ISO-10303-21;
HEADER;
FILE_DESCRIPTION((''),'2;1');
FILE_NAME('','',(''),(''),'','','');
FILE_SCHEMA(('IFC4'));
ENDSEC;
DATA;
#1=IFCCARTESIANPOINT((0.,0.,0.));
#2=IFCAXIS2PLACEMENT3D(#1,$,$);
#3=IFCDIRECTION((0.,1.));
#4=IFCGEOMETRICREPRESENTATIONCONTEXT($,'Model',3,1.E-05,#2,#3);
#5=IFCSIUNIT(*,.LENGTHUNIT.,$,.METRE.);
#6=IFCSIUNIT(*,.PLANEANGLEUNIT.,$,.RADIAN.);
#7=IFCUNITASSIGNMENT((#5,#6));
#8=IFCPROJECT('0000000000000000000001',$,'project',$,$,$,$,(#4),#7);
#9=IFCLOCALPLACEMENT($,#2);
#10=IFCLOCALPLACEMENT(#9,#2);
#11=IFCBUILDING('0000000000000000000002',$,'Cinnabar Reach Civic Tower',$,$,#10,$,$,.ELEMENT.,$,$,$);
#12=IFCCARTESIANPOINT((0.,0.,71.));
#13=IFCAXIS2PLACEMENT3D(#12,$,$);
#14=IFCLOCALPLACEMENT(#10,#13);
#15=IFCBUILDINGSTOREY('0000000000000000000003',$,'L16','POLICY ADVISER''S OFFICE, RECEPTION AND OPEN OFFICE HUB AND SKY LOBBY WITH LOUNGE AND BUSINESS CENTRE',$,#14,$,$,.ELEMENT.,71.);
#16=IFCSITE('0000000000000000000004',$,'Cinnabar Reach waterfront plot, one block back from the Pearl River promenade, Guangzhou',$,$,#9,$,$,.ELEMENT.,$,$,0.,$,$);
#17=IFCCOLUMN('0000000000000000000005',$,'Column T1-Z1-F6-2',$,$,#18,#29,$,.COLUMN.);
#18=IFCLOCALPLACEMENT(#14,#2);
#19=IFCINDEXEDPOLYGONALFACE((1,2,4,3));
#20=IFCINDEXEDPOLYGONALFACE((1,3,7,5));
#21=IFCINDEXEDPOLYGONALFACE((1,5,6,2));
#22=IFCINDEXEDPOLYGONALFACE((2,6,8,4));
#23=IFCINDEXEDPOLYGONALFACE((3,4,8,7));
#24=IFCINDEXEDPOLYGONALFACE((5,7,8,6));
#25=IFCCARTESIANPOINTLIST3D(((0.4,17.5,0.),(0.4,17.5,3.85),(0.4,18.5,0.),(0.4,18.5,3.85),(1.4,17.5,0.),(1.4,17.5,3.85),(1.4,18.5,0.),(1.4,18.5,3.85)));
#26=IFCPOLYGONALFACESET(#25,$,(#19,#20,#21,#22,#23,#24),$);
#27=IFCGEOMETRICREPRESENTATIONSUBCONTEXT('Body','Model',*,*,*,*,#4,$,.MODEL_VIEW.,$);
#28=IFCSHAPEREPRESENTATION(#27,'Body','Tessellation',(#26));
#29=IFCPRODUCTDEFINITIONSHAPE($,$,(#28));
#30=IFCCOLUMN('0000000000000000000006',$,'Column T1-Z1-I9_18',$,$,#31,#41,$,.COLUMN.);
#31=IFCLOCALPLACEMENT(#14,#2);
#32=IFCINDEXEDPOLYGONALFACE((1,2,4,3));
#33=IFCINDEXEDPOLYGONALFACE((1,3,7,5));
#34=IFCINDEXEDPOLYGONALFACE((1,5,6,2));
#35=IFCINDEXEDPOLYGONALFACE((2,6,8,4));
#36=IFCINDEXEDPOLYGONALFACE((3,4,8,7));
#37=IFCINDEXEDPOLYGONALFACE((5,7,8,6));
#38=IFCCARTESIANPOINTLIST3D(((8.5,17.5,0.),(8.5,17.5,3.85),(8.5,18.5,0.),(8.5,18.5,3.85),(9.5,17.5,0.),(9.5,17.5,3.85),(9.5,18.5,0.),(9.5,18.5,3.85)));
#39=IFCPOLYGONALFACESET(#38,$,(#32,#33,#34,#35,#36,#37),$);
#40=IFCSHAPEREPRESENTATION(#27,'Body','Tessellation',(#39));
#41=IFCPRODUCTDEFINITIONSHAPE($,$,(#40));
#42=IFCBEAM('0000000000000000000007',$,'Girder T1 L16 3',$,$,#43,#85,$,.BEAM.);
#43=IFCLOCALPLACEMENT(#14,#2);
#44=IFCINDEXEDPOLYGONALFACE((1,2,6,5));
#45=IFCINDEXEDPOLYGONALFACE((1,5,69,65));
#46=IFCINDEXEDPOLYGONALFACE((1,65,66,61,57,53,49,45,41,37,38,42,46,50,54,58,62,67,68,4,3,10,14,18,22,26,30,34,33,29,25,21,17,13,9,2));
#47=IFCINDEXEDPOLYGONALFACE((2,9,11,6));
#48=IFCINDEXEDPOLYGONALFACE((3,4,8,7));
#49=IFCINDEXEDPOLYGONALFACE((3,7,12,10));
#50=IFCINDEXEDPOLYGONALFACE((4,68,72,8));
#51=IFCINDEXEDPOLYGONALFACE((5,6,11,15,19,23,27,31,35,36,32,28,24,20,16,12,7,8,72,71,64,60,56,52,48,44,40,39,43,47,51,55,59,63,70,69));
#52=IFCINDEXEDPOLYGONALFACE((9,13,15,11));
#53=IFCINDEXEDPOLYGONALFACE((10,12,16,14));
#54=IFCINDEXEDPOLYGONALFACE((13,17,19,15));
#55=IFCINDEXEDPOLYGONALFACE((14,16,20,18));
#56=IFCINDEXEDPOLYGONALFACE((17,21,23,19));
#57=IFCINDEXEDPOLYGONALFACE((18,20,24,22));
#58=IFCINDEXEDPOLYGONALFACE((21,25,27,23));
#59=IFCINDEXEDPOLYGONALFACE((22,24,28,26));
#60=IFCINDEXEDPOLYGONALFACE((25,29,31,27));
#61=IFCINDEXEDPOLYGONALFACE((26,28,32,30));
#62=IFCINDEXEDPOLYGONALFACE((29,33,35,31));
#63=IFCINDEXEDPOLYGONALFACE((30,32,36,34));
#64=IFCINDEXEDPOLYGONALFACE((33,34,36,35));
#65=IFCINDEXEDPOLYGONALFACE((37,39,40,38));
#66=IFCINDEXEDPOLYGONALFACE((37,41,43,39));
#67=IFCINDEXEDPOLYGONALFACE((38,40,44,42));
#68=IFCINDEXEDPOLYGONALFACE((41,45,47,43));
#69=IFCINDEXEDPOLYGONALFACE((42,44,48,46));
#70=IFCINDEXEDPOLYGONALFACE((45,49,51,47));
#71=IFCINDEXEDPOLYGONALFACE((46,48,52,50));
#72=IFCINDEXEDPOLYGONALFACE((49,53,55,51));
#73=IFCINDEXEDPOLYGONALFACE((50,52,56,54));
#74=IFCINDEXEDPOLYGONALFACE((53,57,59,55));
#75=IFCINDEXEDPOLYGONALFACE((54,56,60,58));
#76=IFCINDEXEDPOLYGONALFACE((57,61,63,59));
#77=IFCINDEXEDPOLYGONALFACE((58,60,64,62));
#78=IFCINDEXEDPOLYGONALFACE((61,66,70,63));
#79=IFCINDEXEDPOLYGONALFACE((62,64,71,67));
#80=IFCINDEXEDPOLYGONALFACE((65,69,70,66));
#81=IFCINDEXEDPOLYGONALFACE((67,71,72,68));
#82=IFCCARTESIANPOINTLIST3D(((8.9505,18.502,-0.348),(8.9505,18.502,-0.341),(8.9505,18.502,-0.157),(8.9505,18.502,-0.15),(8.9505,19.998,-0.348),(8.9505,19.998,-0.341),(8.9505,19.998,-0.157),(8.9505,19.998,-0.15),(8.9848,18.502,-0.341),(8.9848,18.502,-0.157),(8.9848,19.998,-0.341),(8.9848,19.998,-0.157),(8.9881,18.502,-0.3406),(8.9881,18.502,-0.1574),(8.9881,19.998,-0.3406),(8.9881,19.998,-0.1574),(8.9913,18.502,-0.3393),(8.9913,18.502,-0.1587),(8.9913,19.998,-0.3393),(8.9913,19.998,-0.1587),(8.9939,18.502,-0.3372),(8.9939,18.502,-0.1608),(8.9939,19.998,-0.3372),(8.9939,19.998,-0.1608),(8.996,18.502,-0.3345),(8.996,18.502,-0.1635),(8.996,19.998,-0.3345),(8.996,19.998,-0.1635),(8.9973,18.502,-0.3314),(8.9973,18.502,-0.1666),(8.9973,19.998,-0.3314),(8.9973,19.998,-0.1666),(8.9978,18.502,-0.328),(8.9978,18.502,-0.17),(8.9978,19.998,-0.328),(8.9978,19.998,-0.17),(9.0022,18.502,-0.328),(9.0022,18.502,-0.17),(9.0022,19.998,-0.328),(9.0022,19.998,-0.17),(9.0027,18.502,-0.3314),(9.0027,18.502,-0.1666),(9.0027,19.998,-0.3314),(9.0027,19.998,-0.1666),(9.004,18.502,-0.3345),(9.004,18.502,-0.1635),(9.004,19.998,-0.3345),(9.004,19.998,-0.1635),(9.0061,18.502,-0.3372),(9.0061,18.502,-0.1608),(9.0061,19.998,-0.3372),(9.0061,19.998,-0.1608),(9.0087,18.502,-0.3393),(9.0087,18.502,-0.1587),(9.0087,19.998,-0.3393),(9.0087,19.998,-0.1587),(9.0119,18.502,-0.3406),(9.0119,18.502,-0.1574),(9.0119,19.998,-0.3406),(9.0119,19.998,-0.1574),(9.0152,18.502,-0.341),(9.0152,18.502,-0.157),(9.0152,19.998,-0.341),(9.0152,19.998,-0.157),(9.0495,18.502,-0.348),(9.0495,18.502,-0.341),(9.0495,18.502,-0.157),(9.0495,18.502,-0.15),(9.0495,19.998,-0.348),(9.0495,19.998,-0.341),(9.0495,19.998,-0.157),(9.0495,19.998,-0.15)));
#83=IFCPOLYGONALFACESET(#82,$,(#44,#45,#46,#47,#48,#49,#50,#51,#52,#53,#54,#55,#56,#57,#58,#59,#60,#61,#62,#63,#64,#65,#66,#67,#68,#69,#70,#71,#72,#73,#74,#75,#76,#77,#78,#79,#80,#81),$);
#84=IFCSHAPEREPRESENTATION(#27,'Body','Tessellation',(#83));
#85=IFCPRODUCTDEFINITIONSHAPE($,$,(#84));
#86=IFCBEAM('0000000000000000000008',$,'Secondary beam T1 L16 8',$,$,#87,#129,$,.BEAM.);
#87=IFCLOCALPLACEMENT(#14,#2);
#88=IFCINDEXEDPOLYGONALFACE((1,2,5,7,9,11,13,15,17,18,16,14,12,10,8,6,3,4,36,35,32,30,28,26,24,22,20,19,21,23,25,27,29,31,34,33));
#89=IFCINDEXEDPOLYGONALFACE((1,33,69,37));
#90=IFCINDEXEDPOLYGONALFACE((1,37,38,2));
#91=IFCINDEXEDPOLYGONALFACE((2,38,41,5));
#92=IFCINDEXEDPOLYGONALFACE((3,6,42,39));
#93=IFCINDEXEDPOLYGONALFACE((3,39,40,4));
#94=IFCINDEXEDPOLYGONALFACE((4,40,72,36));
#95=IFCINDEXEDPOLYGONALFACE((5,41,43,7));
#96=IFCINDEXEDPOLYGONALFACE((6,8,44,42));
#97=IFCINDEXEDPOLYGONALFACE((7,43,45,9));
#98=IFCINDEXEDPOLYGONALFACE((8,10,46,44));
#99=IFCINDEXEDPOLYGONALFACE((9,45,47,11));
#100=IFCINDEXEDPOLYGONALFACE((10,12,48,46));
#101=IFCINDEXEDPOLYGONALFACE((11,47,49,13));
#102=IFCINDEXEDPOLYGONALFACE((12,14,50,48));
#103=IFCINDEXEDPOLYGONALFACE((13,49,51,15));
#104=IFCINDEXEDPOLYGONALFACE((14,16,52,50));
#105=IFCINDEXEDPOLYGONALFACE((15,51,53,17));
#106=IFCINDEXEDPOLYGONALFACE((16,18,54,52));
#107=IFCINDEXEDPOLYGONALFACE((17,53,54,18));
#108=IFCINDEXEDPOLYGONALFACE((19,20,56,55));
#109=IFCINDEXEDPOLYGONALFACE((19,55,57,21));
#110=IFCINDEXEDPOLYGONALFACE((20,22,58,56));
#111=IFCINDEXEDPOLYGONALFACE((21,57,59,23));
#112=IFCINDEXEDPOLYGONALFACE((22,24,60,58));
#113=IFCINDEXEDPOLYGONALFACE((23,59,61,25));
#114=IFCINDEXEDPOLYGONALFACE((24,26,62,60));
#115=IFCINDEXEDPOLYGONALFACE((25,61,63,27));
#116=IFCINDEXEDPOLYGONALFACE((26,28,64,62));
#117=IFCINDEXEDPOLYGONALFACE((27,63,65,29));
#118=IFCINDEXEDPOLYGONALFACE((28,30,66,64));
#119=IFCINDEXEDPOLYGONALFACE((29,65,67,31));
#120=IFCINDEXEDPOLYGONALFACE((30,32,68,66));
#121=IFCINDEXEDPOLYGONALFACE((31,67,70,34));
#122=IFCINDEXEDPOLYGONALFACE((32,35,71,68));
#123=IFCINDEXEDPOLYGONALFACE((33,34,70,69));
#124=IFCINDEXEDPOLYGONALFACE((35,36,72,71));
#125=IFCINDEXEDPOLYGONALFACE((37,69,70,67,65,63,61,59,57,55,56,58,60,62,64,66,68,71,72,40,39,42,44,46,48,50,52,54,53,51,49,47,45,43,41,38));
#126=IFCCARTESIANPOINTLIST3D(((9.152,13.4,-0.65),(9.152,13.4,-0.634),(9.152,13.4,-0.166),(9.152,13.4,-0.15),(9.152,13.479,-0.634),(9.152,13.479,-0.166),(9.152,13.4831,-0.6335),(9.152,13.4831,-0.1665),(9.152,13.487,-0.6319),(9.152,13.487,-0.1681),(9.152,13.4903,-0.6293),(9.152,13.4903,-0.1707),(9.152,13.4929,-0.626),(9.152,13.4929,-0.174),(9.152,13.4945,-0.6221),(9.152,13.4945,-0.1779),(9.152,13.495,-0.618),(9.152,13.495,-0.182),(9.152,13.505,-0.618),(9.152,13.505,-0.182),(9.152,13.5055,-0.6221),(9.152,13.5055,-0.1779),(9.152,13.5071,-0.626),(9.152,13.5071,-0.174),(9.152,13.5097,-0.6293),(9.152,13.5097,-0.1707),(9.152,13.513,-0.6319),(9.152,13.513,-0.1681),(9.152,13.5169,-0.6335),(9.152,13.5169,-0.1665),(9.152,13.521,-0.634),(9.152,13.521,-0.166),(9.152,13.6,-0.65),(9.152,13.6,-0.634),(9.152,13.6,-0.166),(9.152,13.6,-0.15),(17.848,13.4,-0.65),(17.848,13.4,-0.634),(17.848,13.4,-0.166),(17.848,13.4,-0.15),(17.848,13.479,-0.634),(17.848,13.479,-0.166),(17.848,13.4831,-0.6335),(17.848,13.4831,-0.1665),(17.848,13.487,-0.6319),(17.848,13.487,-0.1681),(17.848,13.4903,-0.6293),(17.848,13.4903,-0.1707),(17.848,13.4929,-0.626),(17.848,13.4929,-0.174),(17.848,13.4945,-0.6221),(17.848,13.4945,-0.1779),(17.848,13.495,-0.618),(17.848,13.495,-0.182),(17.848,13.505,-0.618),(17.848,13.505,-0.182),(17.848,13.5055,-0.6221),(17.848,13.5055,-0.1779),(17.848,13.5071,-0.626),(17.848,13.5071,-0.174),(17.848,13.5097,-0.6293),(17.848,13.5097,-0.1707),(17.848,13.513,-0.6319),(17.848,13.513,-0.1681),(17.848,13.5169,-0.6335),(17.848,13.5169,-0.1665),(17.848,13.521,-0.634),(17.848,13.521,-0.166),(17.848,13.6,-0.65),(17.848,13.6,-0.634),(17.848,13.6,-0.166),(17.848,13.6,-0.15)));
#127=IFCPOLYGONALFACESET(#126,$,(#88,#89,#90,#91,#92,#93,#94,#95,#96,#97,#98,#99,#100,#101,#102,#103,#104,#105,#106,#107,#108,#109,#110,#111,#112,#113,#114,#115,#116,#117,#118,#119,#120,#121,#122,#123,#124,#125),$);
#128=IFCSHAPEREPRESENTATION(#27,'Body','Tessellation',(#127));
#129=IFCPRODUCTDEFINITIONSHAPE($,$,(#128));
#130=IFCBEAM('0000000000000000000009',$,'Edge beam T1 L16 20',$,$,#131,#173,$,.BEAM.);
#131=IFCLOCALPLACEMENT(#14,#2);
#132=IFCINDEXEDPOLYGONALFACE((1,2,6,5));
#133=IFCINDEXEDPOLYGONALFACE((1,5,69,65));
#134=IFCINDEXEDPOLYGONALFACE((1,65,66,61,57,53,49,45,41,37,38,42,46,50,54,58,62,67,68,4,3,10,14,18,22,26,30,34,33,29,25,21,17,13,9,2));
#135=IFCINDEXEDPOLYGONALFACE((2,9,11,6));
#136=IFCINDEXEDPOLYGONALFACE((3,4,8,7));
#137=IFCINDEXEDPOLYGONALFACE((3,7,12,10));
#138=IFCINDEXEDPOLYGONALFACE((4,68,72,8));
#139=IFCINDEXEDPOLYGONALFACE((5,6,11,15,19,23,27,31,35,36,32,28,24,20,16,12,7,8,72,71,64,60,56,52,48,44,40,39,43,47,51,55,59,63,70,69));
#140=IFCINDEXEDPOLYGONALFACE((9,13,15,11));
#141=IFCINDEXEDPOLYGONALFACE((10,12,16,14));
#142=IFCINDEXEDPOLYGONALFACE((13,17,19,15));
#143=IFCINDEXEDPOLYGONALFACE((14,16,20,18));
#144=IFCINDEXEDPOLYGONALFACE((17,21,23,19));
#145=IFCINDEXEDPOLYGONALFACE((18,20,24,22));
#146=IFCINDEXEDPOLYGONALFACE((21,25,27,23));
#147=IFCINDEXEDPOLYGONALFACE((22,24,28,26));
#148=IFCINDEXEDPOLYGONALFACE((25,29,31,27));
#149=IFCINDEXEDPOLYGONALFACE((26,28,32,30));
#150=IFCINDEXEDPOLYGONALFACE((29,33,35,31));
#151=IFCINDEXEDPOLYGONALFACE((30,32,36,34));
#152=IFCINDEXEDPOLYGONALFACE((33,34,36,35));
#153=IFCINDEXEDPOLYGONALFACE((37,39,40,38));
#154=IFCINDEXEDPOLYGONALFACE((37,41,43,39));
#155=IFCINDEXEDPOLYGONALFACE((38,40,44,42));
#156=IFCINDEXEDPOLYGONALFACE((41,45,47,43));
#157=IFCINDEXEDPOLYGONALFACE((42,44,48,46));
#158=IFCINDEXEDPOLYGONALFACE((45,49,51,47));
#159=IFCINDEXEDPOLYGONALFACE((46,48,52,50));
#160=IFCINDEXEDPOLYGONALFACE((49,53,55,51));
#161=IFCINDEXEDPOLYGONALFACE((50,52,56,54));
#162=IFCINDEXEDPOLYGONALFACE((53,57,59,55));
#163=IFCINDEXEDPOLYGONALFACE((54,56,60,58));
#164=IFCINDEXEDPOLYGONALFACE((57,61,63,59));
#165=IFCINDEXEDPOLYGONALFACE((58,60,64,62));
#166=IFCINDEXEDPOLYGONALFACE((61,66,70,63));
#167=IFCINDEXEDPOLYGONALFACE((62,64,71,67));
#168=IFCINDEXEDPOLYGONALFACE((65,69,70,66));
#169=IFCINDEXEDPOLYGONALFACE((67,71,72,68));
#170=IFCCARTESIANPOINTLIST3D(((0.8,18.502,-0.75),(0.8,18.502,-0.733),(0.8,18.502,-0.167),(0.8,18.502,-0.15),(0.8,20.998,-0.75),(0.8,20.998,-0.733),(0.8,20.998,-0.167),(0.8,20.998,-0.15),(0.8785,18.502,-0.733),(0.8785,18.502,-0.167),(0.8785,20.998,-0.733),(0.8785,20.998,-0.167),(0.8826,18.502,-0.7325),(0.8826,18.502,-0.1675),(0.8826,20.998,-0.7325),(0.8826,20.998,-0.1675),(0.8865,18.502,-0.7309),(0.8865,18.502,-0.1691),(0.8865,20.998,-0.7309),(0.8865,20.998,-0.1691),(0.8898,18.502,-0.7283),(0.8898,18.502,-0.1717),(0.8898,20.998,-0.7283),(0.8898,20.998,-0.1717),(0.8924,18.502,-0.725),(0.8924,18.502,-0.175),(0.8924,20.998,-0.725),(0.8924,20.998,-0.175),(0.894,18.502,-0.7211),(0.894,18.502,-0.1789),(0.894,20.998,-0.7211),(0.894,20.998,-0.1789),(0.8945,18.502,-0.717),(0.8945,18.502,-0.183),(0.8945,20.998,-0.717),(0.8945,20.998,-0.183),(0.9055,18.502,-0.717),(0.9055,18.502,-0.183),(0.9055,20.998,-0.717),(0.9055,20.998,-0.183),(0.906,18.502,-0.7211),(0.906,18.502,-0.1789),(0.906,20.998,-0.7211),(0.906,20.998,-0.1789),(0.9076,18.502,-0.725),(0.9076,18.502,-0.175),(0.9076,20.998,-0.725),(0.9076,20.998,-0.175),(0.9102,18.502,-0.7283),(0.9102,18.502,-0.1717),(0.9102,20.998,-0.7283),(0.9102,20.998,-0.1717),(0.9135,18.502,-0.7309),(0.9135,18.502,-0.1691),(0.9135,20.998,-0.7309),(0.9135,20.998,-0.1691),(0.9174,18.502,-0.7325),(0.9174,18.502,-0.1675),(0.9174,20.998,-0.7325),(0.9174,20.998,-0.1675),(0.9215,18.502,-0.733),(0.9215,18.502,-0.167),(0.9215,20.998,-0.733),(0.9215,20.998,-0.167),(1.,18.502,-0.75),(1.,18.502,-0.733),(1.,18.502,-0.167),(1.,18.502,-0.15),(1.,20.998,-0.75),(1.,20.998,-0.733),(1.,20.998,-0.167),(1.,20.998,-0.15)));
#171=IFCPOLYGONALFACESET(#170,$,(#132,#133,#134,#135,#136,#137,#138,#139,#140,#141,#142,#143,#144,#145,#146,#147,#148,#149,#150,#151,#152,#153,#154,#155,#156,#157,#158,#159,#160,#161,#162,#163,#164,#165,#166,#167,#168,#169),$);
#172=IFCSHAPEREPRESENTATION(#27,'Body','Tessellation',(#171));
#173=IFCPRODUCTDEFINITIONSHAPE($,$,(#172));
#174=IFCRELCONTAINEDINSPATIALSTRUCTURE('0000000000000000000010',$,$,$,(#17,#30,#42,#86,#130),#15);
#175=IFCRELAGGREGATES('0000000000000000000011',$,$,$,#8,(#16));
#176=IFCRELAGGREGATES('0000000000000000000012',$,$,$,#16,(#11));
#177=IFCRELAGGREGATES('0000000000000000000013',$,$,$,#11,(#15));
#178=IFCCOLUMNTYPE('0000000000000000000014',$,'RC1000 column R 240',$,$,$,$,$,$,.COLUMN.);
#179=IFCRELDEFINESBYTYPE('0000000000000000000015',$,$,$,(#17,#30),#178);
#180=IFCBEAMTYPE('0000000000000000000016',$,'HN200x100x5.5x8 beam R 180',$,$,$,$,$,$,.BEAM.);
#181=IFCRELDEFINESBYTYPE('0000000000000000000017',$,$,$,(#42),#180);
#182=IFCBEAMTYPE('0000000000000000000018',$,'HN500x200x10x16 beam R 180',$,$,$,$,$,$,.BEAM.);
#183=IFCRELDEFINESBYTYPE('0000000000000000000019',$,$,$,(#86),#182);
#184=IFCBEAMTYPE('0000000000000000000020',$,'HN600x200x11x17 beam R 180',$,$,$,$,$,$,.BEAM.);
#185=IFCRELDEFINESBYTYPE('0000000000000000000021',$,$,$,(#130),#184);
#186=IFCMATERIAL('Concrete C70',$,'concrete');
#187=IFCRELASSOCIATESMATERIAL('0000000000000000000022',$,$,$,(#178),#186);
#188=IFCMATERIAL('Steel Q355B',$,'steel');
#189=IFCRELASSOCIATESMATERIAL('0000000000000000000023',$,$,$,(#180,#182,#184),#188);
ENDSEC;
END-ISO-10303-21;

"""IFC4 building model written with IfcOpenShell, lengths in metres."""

from ifc_helpers import new_model, si_unit, direction, frame, origin, origin_2d, place, context, subcontext, project, spatial, rectangle, i_section, extrude, material, material_profile, profile_set, type_object, element, save


model = new_model("IFC4")

# Units and contexts
model_context = context("Model", 3, precision=1e-05, world=origin(), true_north=direction((0.0, 1.0)))
body_context = subcontext(model_context, "Body", "Model", "MODEL_VIEW")
ifc_project = project(units=[si_unit("LENGTHUNIT", "METRE"), si_unit("PLANEANGLEUNIT", "RADIAN")], contexts=[model_context])

# Site, building, storey
site_placement = place(None, origin())
site = spatial("IfcSite", under=ifc_project, at=site_placement, Name="Cinnabar Reach waterfront plot, one block back from the Pearl River promenade, Guangzhou", CompositionType="ELEMENT", RefElevation=0.0)
building_placement = place(site_placement, origin())
building = spatial("IfcBuilding", under=site, at=building_placement, Name="Cinnabar Reach Civic Tower", CompositionType="ELEMENT")
storey_placement = place(building_placement, frame((0.0, 0.0, 71.0)))
storey = spatial("IfcBuildingStorey", under=building, at=storey_placement, Name="L16", Description="POLICY ADVISER'S OFFICE, RECEPTION AND OPEN OFFICE HUB AND SKY LOBBY WITH LOUNGE AND BUSINESS CENTRE", CompositionType="ELEMENT", Elevation=71.0)

# Columns
ifc_material_1 = material(Name="Concrete C70", Category="concrete")
ifc_material_profile_1 = material_profile(ifc_material_1, rectangle(XDim=1.0, YDim=1.0, at=origin_2d()), Name="RC1000")
ifc_profile_set_1 = profile_set([ifc_material_profile_1], Name="Concrete C70")
column_type = type_object("IfcColumnType", Name="RC1000 column R 240", PredefinedType="COLUMN", material=ifc_profile_set_1)
for number, where, z_axis, x_axis, name in (
    (1, (0.9, 18.0, 0.0), (0.0, 0.0, 1.0), (1.0, 0.0, 0.0), "Column T1-Z1-F6-2"),
    (2, (9.0, 18.0, 0.0), (0.0, 0.0, 1.0), (1.0, 0.0, 0.0), "Column T1-Z1-I9_18"),
):
    element("IfcColumn", number, at=place(storey_placement, frame(where, z_axis=z_axis, x_axis=x_axis)), inside=storey, type_object=column_type, Name=name, PredefinedType="COLUMN", context=body_context, shape_type="SweptSolid", body=[
        extrude(rectangle(XDim=1.0, YDim=1.0, at=origin_2d()), origin(), (0.0, 0.0, 1.0), 3.85),
    ])

# Beams
ifc_material_2 = material(Name="Steel Q355B", Category="steel")
ifc_material_profile_2 = material_profile(ifc_material_2, i_section(OverallWidth=0.099, OverallDepth=0.198, WebThickness=0.0045, FlangeThickness=0.007, FilletRadius=0.013, at=origin_2d()), Name="HN200x100x5.5x8")
ifc_profile_set_2 = profile_set([ifc_material_profile_2], Name="Steel Q355B")
beam_type_1 = type_object("IfcBeamType", Name="HN200x100x5.5x8 beam R 180", PredefinedType="BEAM", material=ifc_profile_set_2)
beam_1_placement = place(storey_placement, frame((9.0, 18.502, -0.249), z_axis=(0.0, 1.0, 0.0), x_axis=(-1.0, 0.0, 0.0)))
element("IfcBeam", 3, at=beam_1_placement, inside=storey, type_object=beam_type_1, Name="Girder T1 L16 3", PredefinedType="BEAM", context=body_context, shape_type="SweptSolid", body=[
    extrude(i_section(OverallWidth=0.099, OverallDepth=0.198, WebThickness=0.0045, FlangeThickness=0.007, FilletRadius=0.013, at=origin_2d()), origin(), (0.0, 0.0, 1.0), 1.496),
])
ifc_material_profile_3 = material_profile(ifc_material_2, i_section(OverallWidth=0.2, OverallDepth=0.5, WebThickness=0.01, FlangeThickness=0.016, FilletRadius=0.016, at=origin_2d()), Name="HN500x200x10x16")
ifc_profile_set_3 = profile_set([ifc_material_profile_3], Name="Steel Q355B")
beam_type_2 = type_object("IfcBeamType", Name="HN500x200x10x16 beam R 180", PredefinedType="BEAM", material=ifc_profile_set_3)
beam_2_placement = place(storey_placement, frame((9.152, 13.5, -0.4), z_axis=(1.0, 0.0, 0.0), x_axis=(0.0, 1.0, 0.0)))
element("IfcBeam", 4, at=beam_2_placement, inside=storey, type_object=beam_type_2, Name="Secondary beam T1 L16 8", PredefinedType="BEAM", context=body_context, shape_type="SweptSolid", body=[
    extrude(i_section(OverallWidth=0.2, OverallDepth=0.5, WebThickness=0.01, FlangeThickness=0.016, FilletRadius=0.016, at=origin_2d()), origin(), (0.0, 0.0, 1.0), 8.696),
])
ifc_material_profile_4 = material_profile(ifc_material_2, i_section(OverallWidth=0.2, OverallDepth=0.6, WebThickness=0.011, FlangeThickness=0.017, FilletRadius=0.016, at=origin_2d()), Name="HN600x200x11x17")
ifc_profile_set_4 = profile_set([ifc_material_profile_4], Name="Steel Q355B")
beam_type_3 = type_object("IfcBeamType", Name="HN600x200x11x17 beam R 180", PredefinedType="BEAM", material=ifc_profile_set_4)
beam_3_placement = place(storey_placement, frame((0.9, 20.998, -0.45), z_axis=(0.0, -1.0, 0.0), x_axis=(1.0, 0.0, 0.0)))
element("IfcBeam", 5, at=beam_3_placement, inside=storey, type_object=beam_type_3, Name="Edge beam T1 L16 20", PredefinedType="BEAM", context=body_context, shape_type="SweptSolid", body=[
    extrude(i_section(OverallWidth=0.2, OverallDepth=0.6, WebThickness=0.011, FlangeThickness=0.017, FilletRadius=0.016, at=origin_2d()), origin(), (0.0, 0.0, 1.0), 2.496),
])

save(model, "model.ifc")
